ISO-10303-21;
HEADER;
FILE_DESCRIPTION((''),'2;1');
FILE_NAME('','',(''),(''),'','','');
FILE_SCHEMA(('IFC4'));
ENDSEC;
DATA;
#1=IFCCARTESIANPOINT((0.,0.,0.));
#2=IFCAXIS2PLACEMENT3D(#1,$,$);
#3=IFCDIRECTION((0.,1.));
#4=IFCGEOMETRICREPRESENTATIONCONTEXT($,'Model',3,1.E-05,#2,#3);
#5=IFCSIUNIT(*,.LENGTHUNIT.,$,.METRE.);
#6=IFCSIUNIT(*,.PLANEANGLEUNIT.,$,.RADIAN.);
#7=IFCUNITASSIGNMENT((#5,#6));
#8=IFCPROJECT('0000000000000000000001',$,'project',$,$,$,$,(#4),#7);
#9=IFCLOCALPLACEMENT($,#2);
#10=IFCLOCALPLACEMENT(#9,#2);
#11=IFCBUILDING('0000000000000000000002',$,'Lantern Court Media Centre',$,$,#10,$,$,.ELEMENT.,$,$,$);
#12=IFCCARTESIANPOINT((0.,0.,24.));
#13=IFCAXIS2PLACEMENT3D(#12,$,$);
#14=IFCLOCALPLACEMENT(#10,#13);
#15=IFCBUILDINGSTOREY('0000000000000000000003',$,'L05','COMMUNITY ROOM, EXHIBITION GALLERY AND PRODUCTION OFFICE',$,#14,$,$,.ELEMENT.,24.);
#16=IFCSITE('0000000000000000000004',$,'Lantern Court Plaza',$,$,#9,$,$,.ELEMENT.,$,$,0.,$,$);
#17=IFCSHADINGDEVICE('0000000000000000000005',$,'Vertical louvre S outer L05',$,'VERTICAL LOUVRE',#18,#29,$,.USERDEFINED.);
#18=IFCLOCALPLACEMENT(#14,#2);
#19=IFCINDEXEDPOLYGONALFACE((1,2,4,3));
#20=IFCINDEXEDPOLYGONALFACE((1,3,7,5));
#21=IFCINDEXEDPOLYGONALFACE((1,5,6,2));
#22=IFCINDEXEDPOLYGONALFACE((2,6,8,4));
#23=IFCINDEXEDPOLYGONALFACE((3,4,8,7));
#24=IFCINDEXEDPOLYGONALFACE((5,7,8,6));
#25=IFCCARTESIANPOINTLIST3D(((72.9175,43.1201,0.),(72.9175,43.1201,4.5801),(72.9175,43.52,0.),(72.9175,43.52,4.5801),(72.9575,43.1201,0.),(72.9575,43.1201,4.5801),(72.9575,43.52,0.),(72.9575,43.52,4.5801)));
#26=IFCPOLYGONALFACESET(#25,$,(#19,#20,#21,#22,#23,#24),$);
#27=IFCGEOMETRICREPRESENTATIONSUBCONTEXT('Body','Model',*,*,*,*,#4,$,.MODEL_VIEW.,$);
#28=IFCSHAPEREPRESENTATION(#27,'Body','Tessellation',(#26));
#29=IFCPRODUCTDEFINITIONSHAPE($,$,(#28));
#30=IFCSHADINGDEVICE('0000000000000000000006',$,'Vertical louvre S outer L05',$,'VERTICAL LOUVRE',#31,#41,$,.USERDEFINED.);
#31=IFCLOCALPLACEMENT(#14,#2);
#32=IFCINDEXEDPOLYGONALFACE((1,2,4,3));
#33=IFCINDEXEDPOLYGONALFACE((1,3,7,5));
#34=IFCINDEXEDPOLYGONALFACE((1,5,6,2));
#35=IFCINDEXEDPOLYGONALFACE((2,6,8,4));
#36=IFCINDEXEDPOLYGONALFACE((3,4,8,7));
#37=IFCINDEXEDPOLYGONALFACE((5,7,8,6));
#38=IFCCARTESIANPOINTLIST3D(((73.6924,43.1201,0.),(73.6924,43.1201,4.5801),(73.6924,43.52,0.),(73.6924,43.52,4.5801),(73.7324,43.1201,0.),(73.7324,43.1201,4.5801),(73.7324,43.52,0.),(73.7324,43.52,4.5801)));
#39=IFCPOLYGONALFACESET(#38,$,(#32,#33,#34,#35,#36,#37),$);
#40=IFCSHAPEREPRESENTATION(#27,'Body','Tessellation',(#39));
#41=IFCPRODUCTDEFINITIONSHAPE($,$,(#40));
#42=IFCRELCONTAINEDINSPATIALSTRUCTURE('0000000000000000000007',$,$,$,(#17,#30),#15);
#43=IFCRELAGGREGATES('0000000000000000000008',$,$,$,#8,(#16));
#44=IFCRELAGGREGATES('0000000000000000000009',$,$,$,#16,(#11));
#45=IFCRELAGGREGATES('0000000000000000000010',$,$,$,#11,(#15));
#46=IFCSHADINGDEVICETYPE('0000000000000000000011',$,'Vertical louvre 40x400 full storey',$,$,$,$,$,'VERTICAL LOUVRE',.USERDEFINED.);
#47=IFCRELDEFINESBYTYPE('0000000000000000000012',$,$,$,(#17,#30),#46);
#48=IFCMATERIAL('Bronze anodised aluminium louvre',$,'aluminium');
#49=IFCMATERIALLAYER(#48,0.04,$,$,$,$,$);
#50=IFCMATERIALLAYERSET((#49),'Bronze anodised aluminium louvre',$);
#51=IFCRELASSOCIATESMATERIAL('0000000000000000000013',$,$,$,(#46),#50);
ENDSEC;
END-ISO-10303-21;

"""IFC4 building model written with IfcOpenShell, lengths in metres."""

from ifc_helpers import new_model, si_unit, direction, frame, origin, origin_2d, place, context, subcontext, project, spatial, rectangle, extrude, material, layer, layer_set, type_object, element, save


model = new_model("IFC4")

# Units and contexts
model_context = context("Model", 3, precision=1e-05, world=origin(), true_north=direction((0.0, 1.0)))
body_context = subcontext(model_context, "Body", "Model", "MODEL_VIEW")
ifc_project = project(units=[si_unit("LENGTHUNIT", "METRE"), si_unit("PLANEANGLEUNIT", "RADIAN")], contexts=[model_context])

# Site, building, storey
site_placement = place(None, origin())
site = spatial("IfcSite", under=ifc_project, at=site_placement, Name="Lantern Court Plaza", CompositionType="ELEMENT", RefElevation=0.0)
building_placement = place(site_placement, origin())
building = spatial("IfcBuilding", under=site, at=building_placement, Name="Lantern Court Media Centre", CompositionType="ELEMENT")
storey_placement = place(building_placement, frame((0.0, 0.0, 24.0)))
storey = spatial("IfcBuildingStorey", under=building, at=storey_placement, Name="L05", Description="COMMUNITY ROOM, EXHIBITION GALLERY AND PRODUCTION OFFICE", CompositionType="ELEMENT", Elevation=24.0)

# Shading devices
ifc_material_1 = material(Name="Bronze anodised aluminium louvre", Category="aluminium")
ifc_layer_1 = layer(ifc_material_1, 0.04)
ifc_layer_set_1 = layer_set([ifc_layer_1], Name="Bronze anodised aluminium louvre")
shading_device_type = type_object("IfcShadingDeviceType", Name="Vertical louvre 40x400 full storey", ElementType="VERTICAL LOUVRE", PredefinedType="USERDEFINED", material=ifc_layer_set_1)
for number, where, z_axis, x_axis, name in (
    (1, (72.9375, 43.3201, 0.0), (0.0, 0.0, 1.0), (1.0, 0.0, 0.0), "Vertical louvre S outer L05"),
    (2, (73.7124, 43.3201, 0.0), (0.0, 0.0, 1.0), (1.0, 0.0, 0.0), "Vertical louvre S outer L05"),
):
    element("IfcShadingDevice", number, at=place(storey_placement, frame(where, z_axis=z_axis, x_axis=x_axis)), inside=storey, type_object=shading_device_type, Name=name, ObjectType="VERTICAL LOUVRE", PredefinedType="USERDEFINED", context=body_context, shape_type="SweptSolid", body=[
        extrude(rectangle(XDim=0.04, YDim=0.3999, at=origin_2d()), origin(), (0.0, 0.0, 1.0), 4.5801),
    ])

save(model, "model.ifc")
